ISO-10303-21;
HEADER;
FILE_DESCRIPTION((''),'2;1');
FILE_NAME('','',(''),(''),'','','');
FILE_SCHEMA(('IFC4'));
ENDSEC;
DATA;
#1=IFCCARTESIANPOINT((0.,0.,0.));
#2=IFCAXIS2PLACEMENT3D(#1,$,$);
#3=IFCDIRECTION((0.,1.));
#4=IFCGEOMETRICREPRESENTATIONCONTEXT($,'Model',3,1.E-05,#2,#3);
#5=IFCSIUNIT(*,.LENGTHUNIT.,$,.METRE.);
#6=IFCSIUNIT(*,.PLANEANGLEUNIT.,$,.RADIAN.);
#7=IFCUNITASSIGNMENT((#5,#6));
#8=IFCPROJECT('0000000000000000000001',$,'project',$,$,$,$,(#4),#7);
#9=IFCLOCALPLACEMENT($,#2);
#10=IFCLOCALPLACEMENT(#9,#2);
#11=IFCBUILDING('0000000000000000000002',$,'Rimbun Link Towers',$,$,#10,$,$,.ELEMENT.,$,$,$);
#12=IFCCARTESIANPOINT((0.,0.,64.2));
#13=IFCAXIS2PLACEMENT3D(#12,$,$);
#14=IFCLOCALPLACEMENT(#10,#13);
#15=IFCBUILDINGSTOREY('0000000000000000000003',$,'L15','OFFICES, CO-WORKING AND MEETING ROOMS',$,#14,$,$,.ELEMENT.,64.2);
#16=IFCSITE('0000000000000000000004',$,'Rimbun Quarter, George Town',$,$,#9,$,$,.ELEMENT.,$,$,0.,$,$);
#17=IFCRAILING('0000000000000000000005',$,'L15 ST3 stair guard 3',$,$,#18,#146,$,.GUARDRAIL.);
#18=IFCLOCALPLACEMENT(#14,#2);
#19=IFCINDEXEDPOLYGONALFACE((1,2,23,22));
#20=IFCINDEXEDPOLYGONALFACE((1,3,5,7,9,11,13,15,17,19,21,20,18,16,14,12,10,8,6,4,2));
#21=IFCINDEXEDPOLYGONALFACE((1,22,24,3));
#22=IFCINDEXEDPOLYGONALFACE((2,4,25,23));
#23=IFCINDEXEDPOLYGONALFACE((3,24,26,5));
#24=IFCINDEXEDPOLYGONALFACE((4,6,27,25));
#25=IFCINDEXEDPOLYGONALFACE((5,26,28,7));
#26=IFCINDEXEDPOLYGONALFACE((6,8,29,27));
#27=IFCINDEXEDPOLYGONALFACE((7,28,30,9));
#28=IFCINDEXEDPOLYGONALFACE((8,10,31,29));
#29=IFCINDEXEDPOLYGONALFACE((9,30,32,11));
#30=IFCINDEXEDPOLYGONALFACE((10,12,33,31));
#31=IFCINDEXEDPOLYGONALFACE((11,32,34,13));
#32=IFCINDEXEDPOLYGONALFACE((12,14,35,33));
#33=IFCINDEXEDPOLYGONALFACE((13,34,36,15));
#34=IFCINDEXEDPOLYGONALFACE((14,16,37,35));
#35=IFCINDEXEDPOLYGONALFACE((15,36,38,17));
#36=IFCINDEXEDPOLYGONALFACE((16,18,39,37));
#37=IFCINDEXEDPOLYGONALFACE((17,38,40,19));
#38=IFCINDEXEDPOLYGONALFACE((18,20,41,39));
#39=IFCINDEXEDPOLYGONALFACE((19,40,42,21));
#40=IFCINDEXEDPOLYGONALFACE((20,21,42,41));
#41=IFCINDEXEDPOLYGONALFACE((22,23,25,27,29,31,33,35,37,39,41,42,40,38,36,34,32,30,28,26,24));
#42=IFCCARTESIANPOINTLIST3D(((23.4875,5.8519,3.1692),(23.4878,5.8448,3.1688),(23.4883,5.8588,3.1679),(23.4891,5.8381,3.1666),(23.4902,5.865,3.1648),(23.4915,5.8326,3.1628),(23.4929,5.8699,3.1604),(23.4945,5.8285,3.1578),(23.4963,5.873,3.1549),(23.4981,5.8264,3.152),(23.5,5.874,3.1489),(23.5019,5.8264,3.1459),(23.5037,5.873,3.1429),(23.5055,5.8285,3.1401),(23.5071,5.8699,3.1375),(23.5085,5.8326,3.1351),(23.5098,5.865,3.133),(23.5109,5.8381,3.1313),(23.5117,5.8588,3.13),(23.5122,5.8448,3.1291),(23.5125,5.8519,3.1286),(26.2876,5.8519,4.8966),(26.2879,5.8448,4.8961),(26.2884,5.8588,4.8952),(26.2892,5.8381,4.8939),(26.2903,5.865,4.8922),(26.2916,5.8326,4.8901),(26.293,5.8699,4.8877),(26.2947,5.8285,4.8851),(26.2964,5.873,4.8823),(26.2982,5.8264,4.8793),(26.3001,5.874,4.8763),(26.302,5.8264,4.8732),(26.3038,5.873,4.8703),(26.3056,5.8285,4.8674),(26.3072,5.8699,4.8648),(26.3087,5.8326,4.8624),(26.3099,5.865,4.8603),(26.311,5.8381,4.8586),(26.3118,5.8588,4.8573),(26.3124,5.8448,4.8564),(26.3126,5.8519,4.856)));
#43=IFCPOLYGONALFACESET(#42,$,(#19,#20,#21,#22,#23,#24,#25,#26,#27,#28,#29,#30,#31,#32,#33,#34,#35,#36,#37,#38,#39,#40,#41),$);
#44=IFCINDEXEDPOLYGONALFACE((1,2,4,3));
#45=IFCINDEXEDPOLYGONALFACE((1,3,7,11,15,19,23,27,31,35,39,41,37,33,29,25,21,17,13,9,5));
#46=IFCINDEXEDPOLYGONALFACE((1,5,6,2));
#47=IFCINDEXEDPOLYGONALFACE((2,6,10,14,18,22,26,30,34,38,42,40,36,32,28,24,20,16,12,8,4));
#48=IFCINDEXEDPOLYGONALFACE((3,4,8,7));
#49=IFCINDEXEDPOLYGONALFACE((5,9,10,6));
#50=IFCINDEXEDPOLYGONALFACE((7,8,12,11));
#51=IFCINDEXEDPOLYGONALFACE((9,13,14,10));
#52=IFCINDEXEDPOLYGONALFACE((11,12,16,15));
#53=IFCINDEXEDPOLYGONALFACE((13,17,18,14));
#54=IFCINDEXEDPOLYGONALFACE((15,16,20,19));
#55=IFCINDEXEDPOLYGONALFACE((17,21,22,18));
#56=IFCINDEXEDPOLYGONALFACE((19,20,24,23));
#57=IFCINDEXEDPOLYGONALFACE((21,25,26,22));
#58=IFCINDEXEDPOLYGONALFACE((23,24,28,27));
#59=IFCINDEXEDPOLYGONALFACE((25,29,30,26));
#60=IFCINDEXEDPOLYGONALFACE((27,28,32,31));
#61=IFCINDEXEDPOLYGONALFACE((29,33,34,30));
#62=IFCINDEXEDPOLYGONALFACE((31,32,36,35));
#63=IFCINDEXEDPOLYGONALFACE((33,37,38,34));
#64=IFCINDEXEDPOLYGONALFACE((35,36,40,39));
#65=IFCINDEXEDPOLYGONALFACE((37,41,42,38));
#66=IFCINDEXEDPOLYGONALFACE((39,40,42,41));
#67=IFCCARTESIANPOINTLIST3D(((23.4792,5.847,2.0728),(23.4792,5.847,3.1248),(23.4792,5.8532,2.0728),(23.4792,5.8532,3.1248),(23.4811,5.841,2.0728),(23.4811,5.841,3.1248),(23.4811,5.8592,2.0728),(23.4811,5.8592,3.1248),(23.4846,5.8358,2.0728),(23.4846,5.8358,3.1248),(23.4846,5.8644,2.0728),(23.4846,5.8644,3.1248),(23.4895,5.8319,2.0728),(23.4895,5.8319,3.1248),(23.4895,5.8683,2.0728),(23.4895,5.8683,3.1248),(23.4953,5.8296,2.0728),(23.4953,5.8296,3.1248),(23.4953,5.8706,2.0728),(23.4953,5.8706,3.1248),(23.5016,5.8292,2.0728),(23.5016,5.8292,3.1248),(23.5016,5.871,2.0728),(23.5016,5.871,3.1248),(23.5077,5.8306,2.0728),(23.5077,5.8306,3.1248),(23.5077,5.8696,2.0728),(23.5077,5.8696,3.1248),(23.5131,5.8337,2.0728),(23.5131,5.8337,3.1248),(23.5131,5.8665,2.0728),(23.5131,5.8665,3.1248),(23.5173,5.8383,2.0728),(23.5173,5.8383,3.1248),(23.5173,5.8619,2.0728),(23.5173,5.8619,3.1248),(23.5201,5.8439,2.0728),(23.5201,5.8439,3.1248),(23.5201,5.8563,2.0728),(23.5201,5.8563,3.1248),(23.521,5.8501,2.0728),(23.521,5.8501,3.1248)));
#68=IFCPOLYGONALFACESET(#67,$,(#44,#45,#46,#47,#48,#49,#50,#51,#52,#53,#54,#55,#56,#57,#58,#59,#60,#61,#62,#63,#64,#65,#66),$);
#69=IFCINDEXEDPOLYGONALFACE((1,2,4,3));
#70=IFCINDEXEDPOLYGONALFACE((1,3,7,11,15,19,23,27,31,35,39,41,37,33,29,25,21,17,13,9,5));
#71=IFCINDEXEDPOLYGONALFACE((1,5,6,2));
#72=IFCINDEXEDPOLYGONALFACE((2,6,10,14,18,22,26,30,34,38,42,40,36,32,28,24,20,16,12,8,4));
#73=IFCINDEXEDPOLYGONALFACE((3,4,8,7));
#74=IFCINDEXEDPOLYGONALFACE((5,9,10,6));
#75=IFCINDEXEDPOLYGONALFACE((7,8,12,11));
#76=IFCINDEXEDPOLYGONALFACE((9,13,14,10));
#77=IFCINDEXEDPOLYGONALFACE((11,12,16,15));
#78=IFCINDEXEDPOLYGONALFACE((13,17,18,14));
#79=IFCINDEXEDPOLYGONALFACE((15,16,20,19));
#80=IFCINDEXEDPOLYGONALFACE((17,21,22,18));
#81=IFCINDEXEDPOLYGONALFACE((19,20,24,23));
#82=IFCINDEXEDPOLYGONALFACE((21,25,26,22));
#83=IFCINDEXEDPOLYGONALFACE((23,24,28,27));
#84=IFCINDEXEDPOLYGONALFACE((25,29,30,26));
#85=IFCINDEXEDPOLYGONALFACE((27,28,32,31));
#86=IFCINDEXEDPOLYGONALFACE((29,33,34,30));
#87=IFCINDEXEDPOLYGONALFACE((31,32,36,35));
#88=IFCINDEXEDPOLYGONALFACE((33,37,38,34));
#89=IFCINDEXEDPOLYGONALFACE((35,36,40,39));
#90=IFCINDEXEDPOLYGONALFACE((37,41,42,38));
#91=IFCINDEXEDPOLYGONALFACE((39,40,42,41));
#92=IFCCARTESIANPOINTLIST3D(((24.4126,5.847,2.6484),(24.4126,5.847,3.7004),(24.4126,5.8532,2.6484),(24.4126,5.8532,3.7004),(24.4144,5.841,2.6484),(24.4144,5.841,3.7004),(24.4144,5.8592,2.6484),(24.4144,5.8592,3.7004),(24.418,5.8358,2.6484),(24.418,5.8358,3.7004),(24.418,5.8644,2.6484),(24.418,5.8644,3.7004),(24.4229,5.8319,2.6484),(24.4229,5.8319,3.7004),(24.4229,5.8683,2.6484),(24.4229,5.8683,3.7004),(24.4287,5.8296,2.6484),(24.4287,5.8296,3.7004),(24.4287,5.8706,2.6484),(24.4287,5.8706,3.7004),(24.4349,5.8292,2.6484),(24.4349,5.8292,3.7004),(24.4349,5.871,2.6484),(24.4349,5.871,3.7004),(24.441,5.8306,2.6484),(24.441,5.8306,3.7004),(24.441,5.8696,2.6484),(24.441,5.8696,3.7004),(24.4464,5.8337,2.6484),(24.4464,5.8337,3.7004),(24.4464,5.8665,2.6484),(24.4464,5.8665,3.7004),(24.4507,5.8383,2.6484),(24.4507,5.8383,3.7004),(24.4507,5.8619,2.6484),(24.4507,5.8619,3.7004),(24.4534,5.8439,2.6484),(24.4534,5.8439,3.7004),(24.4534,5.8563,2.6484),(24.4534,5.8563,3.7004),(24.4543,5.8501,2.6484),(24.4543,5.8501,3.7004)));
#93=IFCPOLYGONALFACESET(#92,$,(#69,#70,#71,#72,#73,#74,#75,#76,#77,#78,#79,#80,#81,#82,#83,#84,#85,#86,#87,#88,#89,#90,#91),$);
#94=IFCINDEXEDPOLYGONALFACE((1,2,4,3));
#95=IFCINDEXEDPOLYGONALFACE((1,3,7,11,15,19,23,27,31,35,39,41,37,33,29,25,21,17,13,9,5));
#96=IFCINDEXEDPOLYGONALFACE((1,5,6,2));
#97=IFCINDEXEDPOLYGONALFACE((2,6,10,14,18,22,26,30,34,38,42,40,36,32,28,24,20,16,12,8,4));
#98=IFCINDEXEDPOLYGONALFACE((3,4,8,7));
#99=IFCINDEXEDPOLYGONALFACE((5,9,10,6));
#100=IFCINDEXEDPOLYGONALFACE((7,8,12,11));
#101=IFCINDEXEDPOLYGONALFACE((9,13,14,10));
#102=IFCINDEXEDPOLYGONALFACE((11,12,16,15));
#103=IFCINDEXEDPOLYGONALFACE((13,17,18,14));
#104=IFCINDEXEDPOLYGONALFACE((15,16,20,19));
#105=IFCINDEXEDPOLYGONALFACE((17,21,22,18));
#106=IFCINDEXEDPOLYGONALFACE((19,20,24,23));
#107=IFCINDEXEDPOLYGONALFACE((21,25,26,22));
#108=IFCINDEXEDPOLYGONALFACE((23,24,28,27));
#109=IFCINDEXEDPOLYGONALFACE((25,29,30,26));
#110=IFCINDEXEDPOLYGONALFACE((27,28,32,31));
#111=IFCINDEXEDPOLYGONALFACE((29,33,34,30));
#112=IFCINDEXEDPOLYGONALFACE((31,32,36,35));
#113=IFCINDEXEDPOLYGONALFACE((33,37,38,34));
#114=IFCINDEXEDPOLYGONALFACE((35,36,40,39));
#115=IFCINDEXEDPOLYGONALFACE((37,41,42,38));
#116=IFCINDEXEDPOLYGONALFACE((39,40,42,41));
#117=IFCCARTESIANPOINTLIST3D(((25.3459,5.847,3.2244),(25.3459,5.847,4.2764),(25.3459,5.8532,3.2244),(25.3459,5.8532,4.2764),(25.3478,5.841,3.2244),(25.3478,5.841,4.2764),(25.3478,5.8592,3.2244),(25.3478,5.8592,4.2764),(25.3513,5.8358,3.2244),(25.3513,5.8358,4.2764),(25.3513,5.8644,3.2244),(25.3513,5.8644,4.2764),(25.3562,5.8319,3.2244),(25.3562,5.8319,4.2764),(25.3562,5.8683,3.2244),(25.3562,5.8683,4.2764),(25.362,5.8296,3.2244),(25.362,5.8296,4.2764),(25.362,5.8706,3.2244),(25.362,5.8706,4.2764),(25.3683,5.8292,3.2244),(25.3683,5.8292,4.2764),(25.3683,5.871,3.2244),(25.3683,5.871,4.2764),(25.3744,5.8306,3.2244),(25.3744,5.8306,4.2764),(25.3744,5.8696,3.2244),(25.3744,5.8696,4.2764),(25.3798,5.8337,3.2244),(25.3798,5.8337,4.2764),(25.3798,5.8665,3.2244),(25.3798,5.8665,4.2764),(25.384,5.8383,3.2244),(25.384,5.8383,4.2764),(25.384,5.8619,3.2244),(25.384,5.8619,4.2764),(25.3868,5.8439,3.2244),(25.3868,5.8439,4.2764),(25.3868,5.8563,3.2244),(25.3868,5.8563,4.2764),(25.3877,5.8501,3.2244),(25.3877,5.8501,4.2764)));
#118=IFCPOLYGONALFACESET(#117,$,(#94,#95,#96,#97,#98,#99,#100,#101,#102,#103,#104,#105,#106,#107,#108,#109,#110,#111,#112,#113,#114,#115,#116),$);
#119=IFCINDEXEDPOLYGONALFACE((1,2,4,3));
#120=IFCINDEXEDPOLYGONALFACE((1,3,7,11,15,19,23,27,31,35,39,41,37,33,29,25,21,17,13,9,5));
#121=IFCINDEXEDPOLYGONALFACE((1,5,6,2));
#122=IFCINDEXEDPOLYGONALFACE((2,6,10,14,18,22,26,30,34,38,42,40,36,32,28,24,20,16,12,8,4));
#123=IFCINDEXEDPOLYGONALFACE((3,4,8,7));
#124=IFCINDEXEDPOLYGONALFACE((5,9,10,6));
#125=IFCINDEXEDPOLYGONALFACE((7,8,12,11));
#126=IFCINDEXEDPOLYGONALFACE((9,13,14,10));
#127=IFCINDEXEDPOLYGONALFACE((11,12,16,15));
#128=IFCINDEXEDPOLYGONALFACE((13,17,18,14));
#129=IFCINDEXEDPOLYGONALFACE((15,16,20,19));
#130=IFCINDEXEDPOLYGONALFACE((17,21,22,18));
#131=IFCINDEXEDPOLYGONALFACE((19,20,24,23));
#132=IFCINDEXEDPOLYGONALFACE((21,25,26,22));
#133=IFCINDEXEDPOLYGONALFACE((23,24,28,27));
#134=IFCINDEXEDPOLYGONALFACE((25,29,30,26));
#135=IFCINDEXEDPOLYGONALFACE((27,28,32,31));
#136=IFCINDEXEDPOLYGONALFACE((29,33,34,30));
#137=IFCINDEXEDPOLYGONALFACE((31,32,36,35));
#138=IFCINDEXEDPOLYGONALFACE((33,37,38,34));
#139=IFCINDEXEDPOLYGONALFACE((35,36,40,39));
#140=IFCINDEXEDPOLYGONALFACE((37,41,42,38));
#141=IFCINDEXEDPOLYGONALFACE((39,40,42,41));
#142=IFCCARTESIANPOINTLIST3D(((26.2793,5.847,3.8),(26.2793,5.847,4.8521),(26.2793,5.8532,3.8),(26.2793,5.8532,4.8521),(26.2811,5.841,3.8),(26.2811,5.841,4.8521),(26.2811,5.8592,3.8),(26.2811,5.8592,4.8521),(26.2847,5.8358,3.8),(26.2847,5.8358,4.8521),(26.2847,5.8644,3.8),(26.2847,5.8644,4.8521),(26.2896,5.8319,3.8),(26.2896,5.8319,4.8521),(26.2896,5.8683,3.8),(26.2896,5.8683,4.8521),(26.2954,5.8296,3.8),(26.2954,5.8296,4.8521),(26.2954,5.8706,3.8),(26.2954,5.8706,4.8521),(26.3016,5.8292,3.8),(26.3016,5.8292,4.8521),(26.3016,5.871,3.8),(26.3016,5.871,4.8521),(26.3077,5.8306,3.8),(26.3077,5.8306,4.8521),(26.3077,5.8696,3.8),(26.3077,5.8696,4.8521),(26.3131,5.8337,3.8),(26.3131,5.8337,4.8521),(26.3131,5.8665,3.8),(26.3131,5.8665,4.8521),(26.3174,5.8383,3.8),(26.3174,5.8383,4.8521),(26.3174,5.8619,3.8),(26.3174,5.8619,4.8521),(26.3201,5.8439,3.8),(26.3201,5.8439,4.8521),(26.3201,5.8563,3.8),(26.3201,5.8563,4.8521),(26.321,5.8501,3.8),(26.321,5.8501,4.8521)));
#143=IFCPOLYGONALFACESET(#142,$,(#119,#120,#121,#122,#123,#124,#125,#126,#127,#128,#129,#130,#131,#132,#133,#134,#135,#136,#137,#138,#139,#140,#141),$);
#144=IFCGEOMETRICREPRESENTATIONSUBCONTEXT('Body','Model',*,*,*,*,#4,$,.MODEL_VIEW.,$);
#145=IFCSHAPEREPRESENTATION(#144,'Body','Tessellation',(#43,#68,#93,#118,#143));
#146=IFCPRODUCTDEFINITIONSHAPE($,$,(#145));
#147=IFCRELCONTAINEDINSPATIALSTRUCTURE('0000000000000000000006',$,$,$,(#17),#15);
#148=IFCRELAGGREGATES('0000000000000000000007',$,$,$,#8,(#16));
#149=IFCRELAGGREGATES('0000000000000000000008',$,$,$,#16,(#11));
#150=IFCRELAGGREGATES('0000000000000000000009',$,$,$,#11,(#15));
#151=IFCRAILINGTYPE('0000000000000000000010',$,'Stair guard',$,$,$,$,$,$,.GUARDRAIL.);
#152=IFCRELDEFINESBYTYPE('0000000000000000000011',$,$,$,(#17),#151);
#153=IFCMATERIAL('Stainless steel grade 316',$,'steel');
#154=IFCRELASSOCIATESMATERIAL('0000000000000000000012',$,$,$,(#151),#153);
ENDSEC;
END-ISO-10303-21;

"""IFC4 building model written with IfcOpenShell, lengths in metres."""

from ifc_helpers import new_model, si_unit, direction, frame, origin, origin_2d, place, context, subcontext, project, spatial, circle, extrude, material, type_object, element, save


model = new_model("IFC4")

# Units and contexts
model_context = context("Model", 3, precision=1e-05, world=origin(), true_north=direction((0.0, 1.0)))
body_context = subcontext(model_context, "Body", "Model", "MODEL_VIEW")
ifc_project = project(units=[si_unit("LENGTHUNIT", "METRE"), si_unit("PLANEANGLEUNIT", "RADIAN")], contexts=[model_context])

# Site, building, storey
site_placement = place(None, origin())
site = spatial("IfcSite", under=ifc_project, at=site_placement, Name="Rimbun Quarter, George Town", CompositionType="ELEMENT", RefElevation=0.0)
building_placement = place(site_placement, origin())
building = spatial("IfcBuilding", under=site, at=building_placement, Name="Rimbun Link Towers", CompositionType="ELEMENT")
storey_placement = place(building_placement, frame((0.0, 0.0, 64.2)))
storey = spatial("IfcBuildingStorey", under=building, at=storey_placement, Name="L15", Description="OFFICES, CO-WORKING AND MEETING ROOMS", CompositionType="ELEMENT", Elevation=64.2)

# Railing
ifc_material_1 = material(Name="Stainless steel grade 316", Category="steel")
railing_type_1 = type_object("IfcRailingType", Name="Stair guard", PredefinedType="GUARDRAIL", material=ifc_material_1)
railing_1_placement = place(storey_placement, frame((23.5, 5.8501, 2.0728)))
element("IfcRailing", 1, at=railing_1_placement, inside=storey, type_object=railing_type_1, Name="L15 ST3 stair guard 3", PredefinedType="GUARDRAIL", context=body_context, shape_type="SweptSolid", body=[
    extrude(circle(Radius=0.0239, at=origin_2d()), frame((0.0, 0.0, 1.0762), z_axis=(0.85109, 0.0, 0.52502), x_axis=(0.0, 1.0, 0.0)), (0.0, 0.0, 1.0), 3.29),
    extrude(circle(Radius=0.021, at=origin_2d()), origin(), (0.0, 0.0, 1.0), 1.052),
    extrude(circle(Radius=0.021, at=origin_2d()), frame((0.9333, 0.0, 0.5757)), (0.0, 0.0, 1.0), 1.052),
    extrude(circle(Radius=0.021, at=origin_2d()), frame((1.8667, 0.0, 1.1516)), (0.0, 0.0, 1.0), 1.052),
    extrude(circle(Radius=0.021, at=origin_2d()), frame((2.8, 0.0, 1.7273)), (0.0, 0.0, 1.0), 1.052),
])

save(model, "model.ifc")
